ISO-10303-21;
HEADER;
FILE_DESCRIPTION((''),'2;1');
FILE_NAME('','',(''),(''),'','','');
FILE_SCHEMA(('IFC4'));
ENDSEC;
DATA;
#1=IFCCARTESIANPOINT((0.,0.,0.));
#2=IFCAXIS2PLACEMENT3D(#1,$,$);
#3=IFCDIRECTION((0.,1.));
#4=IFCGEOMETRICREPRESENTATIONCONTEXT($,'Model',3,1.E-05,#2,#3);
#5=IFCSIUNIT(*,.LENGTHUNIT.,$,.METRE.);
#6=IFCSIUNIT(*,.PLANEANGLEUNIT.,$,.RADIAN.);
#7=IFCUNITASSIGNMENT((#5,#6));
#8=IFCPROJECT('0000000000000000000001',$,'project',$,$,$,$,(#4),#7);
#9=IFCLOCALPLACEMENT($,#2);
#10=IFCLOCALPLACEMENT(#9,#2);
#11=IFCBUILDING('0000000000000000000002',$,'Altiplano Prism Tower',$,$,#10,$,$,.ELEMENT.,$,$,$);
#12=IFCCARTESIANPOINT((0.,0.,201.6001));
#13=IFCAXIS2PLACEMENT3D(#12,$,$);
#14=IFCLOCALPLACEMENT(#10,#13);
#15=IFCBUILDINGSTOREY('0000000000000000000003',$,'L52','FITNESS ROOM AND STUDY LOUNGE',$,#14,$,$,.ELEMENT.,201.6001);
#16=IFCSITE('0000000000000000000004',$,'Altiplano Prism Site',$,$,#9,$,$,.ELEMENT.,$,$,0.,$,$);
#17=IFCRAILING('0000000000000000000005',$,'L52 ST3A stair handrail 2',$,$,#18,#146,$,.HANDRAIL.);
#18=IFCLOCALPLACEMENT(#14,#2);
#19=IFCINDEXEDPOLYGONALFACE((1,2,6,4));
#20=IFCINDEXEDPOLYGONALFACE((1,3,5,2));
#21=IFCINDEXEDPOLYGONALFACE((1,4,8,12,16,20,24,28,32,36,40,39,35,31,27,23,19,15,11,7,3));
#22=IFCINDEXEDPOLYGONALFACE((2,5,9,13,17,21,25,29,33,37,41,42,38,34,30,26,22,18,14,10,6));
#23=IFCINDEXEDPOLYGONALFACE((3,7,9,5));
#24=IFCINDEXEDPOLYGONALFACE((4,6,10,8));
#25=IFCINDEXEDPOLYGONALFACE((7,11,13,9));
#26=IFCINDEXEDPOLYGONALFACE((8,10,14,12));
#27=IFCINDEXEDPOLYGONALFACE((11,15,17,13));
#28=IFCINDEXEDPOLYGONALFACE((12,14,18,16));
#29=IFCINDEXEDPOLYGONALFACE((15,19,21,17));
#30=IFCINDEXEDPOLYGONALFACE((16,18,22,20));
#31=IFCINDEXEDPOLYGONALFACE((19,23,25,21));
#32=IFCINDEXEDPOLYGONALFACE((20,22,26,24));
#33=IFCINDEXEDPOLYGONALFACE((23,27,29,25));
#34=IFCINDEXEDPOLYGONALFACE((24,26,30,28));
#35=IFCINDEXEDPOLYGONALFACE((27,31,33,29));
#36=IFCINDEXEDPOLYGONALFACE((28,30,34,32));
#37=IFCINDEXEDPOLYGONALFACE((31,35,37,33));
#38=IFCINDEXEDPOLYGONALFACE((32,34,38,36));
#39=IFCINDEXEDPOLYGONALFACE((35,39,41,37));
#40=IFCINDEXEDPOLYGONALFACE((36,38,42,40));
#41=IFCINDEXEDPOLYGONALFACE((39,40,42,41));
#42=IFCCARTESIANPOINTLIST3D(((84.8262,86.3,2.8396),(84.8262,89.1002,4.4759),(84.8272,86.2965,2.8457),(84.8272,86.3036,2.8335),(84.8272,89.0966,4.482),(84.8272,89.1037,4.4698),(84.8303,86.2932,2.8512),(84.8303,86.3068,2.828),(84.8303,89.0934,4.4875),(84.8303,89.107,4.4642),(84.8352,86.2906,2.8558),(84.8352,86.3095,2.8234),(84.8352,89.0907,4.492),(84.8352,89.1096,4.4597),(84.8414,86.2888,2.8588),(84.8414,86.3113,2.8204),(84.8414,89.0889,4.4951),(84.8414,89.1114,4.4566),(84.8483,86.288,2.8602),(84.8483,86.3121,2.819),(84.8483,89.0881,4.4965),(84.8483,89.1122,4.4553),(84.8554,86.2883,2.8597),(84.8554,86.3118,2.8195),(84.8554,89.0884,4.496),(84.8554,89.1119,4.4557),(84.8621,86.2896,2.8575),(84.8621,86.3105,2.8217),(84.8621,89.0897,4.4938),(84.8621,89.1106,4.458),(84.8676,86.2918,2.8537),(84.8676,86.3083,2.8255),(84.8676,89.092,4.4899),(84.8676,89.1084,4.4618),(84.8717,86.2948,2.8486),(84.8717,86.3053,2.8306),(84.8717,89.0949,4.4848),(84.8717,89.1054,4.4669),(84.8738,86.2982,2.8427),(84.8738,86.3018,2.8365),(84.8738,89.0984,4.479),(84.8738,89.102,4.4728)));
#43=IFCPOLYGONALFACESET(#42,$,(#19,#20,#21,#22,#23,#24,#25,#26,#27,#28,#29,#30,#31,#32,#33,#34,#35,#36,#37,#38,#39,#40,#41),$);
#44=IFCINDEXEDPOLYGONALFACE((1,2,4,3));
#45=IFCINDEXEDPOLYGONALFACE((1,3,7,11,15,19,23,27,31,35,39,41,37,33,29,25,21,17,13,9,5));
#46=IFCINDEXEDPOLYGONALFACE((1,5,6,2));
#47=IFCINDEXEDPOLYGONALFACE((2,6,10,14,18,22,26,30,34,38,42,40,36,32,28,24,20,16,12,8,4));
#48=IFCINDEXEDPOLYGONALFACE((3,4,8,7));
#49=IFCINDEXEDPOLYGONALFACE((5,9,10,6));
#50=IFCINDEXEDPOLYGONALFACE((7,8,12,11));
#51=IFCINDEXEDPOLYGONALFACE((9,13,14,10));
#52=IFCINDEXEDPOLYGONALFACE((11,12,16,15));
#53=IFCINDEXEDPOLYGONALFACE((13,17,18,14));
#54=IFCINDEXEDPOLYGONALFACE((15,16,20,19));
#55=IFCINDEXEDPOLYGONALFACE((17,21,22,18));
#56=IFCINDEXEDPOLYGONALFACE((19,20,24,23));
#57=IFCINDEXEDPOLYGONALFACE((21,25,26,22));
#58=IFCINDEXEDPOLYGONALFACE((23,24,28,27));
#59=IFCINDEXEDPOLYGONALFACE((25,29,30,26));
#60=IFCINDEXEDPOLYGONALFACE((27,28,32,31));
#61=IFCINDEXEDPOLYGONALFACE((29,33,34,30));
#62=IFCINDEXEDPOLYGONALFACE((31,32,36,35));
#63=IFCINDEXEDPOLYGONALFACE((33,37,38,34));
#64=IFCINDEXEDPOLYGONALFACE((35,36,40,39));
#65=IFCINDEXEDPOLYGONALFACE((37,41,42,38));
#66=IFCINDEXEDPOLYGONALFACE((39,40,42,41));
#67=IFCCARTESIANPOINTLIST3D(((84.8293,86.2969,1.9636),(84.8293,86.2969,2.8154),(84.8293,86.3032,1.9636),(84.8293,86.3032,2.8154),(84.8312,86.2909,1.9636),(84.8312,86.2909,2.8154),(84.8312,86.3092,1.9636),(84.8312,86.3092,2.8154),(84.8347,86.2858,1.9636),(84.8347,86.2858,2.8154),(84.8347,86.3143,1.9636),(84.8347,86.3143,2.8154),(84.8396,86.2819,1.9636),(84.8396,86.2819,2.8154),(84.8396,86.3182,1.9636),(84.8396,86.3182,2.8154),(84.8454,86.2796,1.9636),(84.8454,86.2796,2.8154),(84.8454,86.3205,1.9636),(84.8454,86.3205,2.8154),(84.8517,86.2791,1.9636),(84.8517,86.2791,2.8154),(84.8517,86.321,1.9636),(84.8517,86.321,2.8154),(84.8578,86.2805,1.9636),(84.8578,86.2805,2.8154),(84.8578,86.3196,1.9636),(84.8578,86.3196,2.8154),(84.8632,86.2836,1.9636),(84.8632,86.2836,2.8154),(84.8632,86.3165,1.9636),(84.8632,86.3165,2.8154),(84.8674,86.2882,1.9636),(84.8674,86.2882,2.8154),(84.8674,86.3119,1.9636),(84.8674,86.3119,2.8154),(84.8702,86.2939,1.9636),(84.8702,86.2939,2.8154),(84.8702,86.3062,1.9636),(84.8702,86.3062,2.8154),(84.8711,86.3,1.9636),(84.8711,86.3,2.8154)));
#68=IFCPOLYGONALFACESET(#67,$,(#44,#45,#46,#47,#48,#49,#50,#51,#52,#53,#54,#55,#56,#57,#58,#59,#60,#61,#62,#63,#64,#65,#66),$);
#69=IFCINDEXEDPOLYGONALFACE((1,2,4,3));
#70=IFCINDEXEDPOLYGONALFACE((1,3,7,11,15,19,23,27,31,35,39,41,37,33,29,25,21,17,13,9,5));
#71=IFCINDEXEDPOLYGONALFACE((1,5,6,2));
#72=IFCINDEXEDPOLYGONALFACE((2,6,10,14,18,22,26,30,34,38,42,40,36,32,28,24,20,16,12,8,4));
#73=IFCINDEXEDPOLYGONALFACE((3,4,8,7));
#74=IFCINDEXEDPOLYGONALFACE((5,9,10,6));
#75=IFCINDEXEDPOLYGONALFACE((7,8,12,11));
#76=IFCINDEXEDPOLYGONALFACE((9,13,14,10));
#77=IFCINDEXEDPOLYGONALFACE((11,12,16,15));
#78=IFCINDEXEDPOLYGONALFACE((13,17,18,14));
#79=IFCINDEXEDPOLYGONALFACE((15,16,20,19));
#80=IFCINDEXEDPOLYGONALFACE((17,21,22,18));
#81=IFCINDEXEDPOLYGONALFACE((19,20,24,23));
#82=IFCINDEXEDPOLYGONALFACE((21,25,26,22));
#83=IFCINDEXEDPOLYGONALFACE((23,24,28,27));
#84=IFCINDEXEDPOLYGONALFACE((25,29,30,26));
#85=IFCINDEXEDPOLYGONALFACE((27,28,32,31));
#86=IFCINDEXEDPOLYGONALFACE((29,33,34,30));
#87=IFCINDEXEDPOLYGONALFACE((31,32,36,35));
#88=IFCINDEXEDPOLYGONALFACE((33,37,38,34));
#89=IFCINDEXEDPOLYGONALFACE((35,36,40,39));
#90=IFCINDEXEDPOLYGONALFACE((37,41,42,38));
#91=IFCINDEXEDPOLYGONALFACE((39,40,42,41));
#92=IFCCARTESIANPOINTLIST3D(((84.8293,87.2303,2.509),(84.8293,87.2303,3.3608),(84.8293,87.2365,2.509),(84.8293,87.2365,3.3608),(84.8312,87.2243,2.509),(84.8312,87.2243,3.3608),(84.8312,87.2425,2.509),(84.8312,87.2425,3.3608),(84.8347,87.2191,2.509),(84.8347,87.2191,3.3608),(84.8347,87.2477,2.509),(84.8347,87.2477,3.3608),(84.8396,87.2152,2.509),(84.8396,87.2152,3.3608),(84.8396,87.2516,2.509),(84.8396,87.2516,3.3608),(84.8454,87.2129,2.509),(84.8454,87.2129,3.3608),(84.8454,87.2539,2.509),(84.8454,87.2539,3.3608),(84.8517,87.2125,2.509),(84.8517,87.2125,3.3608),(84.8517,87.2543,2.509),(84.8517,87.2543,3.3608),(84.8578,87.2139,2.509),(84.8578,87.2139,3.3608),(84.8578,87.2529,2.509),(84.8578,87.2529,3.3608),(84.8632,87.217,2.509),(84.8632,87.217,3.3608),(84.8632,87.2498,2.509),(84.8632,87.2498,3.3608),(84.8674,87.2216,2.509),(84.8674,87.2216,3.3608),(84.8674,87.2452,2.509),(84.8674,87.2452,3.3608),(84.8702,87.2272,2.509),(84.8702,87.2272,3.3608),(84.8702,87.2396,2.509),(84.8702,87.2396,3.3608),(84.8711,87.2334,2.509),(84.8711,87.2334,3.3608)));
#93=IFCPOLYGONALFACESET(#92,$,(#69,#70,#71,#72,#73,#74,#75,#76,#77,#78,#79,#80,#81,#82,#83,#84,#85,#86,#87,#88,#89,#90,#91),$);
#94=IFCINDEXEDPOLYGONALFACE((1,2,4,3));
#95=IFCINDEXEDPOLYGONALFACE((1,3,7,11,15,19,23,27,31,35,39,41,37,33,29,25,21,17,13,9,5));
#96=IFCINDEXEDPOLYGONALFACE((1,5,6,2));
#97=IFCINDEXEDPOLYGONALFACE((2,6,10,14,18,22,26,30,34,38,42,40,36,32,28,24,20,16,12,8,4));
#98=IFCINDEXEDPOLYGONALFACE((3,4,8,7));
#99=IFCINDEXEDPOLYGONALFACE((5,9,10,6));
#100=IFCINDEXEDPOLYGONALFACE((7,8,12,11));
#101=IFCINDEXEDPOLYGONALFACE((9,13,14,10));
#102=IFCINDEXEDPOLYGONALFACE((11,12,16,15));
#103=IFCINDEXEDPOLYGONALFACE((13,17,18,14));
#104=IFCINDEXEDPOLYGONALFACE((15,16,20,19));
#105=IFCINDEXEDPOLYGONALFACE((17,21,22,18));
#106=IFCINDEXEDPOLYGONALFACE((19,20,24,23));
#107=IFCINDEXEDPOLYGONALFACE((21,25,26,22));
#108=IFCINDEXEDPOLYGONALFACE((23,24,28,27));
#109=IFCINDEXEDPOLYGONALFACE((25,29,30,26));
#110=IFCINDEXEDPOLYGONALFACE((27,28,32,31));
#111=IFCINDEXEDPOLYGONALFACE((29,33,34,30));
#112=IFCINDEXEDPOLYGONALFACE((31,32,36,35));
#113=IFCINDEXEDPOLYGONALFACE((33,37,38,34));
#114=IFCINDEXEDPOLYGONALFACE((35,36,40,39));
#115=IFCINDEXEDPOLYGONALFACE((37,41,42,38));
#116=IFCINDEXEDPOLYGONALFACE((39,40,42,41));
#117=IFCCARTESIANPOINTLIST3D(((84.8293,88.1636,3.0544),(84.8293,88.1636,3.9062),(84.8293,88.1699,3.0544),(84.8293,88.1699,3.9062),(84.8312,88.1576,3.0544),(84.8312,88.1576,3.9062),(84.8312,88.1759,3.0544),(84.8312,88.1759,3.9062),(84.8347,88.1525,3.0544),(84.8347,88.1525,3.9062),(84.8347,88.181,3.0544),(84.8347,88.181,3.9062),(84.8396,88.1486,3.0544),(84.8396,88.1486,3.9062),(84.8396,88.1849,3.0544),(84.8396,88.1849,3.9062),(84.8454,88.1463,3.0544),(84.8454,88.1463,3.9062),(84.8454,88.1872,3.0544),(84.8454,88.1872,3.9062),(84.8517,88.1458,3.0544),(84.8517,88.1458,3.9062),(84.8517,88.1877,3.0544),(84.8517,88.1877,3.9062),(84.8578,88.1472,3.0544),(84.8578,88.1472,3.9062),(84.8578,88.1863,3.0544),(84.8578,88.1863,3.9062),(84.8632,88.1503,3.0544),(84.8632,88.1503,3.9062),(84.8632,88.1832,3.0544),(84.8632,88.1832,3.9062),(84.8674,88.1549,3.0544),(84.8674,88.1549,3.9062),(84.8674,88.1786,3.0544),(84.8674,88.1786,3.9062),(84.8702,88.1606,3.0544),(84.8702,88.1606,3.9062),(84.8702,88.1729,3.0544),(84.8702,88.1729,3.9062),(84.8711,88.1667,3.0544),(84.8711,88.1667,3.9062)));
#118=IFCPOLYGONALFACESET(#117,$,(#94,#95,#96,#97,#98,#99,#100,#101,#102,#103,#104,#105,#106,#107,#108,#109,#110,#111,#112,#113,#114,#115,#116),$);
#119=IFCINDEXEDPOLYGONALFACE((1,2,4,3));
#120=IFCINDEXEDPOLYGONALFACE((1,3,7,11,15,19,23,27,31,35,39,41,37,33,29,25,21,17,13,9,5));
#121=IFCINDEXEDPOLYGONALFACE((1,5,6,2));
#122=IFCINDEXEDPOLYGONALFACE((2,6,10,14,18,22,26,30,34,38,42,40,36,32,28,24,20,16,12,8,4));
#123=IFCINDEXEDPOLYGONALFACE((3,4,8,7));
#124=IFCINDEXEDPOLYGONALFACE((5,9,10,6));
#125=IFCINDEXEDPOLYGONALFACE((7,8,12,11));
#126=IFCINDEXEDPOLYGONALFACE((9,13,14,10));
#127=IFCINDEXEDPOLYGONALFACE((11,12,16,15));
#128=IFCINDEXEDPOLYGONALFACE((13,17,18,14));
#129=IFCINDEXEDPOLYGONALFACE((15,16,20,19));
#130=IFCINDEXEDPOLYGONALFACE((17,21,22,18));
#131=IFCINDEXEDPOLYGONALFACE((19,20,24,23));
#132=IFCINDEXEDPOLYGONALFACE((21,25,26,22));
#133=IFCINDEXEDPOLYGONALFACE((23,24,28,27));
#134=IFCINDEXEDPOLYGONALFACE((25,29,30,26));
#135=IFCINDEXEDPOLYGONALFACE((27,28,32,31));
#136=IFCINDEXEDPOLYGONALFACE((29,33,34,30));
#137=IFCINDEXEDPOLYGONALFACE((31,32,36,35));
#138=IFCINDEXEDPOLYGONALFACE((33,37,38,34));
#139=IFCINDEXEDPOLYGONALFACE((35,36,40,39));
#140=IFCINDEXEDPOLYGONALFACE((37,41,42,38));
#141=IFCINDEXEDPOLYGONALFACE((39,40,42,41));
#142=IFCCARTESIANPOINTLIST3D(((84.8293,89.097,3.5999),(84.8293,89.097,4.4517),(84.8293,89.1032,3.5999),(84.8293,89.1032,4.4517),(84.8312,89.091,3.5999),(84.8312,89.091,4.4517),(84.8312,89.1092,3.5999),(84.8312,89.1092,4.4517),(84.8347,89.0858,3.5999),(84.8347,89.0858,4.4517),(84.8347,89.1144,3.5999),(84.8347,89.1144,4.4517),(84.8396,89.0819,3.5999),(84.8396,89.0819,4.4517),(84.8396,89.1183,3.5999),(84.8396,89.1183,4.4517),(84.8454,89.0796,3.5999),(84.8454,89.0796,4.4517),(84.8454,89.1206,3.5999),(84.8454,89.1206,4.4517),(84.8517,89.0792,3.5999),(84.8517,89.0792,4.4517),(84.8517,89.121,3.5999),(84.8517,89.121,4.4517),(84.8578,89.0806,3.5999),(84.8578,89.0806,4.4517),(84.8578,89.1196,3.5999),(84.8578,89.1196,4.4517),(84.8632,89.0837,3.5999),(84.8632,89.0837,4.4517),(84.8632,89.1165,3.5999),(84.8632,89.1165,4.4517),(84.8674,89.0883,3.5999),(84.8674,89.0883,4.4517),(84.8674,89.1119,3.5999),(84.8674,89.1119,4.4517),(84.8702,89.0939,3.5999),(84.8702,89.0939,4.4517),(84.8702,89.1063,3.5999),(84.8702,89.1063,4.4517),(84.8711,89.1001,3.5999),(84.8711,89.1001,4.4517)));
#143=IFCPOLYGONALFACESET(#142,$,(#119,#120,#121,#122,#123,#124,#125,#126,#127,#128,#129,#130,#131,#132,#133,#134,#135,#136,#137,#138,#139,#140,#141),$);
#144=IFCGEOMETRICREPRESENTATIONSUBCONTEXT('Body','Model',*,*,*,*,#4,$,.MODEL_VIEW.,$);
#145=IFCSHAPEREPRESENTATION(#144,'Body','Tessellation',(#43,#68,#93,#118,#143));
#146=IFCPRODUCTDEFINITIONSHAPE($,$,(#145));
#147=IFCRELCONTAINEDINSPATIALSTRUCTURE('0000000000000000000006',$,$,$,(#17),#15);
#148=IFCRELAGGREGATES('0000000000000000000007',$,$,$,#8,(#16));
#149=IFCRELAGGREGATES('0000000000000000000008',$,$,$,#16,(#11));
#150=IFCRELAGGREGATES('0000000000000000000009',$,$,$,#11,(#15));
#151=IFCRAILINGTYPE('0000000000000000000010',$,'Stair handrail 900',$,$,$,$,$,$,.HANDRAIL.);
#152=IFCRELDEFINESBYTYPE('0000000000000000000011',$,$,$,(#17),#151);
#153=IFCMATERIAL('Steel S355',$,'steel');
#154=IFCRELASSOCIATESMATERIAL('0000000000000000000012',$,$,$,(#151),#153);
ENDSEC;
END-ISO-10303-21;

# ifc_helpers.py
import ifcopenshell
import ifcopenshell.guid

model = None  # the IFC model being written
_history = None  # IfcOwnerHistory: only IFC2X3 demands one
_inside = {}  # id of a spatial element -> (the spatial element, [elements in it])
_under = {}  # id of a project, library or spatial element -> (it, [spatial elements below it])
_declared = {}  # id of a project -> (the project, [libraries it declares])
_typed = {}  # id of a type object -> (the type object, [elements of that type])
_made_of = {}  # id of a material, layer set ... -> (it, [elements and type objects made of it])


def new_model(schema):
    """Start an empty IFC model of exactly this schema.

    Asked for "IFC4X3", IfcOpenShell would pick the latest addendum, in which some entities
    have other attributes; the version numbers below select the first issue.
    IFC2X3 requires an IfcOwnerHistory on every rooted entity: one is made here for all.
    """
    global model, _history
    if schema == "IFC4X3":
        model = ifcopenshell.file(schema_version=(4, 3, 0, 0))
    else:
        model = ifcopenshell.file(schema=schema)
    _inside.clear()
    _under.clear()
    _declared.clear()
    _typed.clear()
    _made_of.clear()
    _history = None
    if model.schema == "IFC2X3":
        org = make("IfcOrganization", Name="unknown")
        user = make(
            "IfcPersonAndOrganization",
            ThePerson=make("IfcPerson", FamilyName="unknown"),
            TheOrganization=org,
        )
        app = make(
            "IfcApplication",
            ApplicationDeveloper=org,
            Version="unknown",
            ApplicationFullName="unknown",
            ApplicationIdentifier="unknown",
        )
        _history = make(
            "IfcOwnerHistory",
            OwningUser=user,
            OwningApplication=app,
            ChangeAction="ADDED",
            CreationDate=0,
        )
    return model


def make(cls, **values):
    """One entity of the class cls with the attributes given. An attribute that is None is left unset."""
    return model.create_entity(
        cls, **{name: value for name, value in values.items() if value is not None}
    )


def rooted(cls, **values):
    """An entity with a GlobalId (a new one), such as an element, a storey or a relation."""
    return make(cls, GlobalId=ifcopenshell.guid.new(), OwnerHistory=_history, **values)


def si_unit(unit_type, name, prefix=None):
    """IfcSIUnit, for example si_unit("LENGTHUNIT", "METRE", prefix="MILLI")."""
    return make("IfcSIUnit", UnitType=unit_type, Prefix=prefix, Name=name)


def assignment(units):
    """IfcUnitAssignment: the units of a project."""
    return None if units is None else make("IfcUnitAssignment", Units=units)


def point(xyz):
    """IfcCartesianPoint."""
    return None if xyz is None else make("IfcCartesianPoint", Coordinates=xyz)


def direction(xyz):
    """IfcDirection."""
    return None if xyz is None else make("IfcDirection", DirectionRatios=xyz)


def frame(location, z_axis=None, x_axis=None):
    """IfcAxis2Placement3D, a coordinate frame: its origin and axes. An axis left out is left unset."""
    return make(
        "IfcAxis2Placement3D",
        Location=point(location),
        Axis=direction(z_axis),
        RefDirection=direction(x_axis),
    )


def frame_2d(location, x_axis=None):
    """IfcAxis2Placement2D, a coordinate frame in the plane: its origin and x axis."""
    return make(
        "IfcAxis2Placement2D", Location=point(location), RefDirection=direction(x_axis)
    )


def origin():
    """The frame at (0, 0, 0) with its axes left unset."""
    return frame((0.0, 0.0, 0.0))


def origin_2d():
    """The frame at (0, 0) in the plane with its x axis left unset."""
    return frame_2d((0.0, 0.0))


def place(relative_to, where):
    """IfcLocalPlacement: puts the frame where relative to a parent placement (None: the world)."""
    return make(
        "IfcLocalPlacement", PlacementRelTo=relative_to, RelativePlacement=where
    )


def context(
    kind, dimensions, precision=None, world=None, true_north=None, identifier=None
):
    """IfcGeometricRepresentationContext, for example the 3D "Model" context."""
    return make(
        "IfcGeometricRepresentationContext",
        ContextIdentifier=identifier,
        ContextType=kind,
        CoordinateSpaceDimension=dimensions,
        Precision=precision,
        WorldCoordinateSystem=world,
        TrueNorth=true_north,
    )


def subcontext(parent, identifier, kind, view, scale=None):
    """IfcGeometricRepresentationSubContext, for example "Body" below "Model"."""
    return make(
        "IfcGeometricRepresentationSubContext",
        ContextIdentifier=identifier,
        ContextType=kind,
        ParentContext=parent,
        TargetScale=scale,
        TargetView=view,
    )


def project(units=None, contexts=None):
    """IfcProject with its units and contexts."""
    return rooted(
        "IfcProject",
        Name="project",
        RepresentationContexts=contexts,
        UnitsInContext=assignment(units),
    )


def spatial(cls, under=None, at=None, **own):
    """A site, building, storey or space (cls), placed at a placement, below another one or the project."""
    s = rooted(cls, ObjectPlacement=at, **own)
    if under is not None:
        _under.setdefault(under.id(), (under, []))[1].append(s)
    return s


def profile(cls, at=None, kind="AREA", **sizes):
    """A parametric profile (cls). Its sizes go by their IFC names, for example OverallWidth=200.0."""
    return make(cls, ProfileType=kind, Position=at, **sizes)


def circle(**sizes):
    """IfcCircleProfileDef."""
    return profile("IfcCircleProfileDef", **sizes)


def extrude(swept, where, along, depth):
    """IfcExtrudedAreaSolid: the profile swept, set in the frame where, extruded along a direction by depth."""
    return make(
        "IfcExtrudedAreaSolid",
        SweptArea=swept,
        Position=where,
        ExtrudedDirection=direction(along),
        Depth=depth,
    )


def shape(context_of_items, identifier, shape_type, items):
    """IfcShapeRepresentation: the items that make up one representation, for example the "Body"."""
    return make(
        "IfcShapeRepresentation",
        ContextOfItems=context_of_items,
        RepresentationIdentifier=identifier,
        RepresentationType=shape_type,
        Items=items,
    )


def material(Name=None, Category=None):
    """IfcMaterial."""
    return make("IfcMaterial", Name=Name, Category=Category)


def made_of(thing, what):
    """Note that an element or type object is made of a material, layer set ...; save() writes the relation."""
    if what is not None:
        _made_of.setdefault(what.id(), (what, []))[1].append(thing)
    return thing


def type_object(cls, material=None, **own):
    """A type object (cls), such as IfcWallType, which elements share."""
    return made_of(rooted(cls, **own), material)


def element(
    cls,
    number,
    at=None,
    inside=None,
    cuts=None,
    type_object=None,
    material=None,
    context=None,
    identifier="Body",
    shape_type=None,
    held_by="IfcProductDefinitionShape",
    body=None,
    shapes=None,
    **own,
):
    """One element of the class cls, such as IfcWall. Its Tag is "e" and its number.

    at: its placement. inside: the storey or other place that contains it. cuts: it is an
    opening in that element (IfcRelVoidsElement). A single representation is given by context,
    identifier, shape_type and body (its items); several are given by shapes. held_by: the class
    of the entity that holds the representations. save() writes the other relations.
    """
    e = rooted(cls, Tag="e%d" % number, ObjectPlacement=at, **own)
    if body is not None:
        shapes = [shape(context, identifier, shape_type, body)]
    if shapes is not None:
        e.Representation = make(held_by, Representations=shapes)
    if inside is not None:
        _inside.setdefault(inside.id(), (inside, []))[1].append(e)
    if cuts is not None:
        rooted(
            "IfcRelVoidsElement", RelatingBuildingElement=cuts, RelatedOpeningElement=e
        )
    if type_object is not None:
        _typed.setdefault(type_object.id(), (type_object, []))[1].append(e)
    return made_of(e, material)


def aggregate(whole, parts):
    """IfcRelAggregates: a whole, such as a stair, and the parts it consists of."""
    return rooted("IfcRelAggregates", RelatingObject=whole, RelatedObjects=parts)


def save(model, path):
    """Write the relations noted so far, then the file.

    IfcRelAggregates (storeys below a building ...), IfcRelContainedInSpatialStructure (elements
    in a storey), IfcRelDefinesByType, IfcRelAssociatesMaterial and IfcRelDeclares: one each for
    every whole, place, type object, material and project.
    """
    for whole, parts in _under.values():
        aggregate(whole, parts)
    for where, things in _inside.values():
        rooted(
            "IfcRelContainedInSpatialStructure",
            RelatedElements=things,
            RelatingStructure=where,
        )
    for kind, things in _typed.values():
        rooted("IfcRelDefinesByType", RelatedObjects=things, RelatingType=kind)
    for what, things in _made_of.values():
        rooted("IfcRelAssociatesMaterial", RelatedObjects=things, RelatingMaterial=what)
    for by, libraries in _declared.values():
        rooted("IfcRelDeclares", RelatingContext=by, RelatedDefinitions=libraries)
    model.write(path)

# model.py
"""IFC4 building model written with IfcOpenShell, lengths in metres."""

from ifc_helpers import new_model, si_unit, direction, frame, origin, origin_2d, place, context, subcontext, project, spatial, circle, extrude, material, type_object, element, save


model = new_model("IFC4")

# Units and contexts
model_context = context("Model", 3, precision=1e-05, world=origin(), true_north=direction((0.0, 1.0)))
body_context = subcontext(model_context, "Body", "Model", "MODEL_VIEW")
ifc_project = project(units=[si_unit("LENGTHUNIT", "METRE"), si_unit("PLANEANGLEUNIT", "RADIAN")], contexts=[model_context])

# Site, building, storey
site_placement = place(None, origin())
site = spatial("IfcSite", under=ifc_project, at=site_placement, Name="Altiplano Prism Site", CompositionType="ELEMENT", RefElevation=0.0)
building_placement = place(site_placement, origin())
building = spatial("IfcBuilding", under=site, at=building_placement, Name="Altiplano Prism Tower", CompositionType="ELEMENT")
storey_placement = place(building_placement, frame((0.0, 0.0, 201.6001)))
storey = spatial("IfcBuildingStorey", under=building, at=storey_placement, Name="L52", Description="FITNESS ROOM AND STUDY LOUNGE", CompositionType="ELEMENT", Elevation=201.6001)

# Railing
ifc_material_1 = material(Name="Steel S355", Category="steel")
railing_type_1 = type_object("IfcRailingType", Name="Stair handrail 900", PredefinedType="HANDRAIL", material=ifc_material_1)
railing_1_placement = place(storey_placement, frame((84.8501, 86.3, 1.9636)))
element("IfcRailing", 1, at=railing_1_placement, inside=storey, type_object=railing_type_1, Name="L52 ST3A stair handrail 2", PredefinedType="HANDRAIL", context=body_context, shape_type="SweptSolid", body=[
    extrude(circle(Radius=0.0239, at=origin_2d()), frame((0.0, 0.0, 0.876), z_axis=(0.0, 0.863394, 0.504531), x_axis=(-1.0, 0.0, 0.0)), (0.0, 0.0, 1.0), 3.2432),
    extrude(circle(Radius=0.021, at=origin_2d()), origin(), (0.0, 0.0, 1.0), 0.8518),
    extrude(circle(Radius=0.021, at=origin_2d()), frame((0.0, 0.9333, 0.5454)), (0.0, 0.0, 1.0), 0.8518),
    extrude(circle(Radius=0.021, at=origin_2d()), frame((0.0, 1.8667, 1.0908)), (0.0, 0.0, 1.0), 0.8518),
    extrude(circle(Radius=0.021, at=origin_2d()), frame((0.0, 2.8, 1.6362)), (0.0, 0.0, 1.0), 0.8518),
])

save(model, "model.ifc")
